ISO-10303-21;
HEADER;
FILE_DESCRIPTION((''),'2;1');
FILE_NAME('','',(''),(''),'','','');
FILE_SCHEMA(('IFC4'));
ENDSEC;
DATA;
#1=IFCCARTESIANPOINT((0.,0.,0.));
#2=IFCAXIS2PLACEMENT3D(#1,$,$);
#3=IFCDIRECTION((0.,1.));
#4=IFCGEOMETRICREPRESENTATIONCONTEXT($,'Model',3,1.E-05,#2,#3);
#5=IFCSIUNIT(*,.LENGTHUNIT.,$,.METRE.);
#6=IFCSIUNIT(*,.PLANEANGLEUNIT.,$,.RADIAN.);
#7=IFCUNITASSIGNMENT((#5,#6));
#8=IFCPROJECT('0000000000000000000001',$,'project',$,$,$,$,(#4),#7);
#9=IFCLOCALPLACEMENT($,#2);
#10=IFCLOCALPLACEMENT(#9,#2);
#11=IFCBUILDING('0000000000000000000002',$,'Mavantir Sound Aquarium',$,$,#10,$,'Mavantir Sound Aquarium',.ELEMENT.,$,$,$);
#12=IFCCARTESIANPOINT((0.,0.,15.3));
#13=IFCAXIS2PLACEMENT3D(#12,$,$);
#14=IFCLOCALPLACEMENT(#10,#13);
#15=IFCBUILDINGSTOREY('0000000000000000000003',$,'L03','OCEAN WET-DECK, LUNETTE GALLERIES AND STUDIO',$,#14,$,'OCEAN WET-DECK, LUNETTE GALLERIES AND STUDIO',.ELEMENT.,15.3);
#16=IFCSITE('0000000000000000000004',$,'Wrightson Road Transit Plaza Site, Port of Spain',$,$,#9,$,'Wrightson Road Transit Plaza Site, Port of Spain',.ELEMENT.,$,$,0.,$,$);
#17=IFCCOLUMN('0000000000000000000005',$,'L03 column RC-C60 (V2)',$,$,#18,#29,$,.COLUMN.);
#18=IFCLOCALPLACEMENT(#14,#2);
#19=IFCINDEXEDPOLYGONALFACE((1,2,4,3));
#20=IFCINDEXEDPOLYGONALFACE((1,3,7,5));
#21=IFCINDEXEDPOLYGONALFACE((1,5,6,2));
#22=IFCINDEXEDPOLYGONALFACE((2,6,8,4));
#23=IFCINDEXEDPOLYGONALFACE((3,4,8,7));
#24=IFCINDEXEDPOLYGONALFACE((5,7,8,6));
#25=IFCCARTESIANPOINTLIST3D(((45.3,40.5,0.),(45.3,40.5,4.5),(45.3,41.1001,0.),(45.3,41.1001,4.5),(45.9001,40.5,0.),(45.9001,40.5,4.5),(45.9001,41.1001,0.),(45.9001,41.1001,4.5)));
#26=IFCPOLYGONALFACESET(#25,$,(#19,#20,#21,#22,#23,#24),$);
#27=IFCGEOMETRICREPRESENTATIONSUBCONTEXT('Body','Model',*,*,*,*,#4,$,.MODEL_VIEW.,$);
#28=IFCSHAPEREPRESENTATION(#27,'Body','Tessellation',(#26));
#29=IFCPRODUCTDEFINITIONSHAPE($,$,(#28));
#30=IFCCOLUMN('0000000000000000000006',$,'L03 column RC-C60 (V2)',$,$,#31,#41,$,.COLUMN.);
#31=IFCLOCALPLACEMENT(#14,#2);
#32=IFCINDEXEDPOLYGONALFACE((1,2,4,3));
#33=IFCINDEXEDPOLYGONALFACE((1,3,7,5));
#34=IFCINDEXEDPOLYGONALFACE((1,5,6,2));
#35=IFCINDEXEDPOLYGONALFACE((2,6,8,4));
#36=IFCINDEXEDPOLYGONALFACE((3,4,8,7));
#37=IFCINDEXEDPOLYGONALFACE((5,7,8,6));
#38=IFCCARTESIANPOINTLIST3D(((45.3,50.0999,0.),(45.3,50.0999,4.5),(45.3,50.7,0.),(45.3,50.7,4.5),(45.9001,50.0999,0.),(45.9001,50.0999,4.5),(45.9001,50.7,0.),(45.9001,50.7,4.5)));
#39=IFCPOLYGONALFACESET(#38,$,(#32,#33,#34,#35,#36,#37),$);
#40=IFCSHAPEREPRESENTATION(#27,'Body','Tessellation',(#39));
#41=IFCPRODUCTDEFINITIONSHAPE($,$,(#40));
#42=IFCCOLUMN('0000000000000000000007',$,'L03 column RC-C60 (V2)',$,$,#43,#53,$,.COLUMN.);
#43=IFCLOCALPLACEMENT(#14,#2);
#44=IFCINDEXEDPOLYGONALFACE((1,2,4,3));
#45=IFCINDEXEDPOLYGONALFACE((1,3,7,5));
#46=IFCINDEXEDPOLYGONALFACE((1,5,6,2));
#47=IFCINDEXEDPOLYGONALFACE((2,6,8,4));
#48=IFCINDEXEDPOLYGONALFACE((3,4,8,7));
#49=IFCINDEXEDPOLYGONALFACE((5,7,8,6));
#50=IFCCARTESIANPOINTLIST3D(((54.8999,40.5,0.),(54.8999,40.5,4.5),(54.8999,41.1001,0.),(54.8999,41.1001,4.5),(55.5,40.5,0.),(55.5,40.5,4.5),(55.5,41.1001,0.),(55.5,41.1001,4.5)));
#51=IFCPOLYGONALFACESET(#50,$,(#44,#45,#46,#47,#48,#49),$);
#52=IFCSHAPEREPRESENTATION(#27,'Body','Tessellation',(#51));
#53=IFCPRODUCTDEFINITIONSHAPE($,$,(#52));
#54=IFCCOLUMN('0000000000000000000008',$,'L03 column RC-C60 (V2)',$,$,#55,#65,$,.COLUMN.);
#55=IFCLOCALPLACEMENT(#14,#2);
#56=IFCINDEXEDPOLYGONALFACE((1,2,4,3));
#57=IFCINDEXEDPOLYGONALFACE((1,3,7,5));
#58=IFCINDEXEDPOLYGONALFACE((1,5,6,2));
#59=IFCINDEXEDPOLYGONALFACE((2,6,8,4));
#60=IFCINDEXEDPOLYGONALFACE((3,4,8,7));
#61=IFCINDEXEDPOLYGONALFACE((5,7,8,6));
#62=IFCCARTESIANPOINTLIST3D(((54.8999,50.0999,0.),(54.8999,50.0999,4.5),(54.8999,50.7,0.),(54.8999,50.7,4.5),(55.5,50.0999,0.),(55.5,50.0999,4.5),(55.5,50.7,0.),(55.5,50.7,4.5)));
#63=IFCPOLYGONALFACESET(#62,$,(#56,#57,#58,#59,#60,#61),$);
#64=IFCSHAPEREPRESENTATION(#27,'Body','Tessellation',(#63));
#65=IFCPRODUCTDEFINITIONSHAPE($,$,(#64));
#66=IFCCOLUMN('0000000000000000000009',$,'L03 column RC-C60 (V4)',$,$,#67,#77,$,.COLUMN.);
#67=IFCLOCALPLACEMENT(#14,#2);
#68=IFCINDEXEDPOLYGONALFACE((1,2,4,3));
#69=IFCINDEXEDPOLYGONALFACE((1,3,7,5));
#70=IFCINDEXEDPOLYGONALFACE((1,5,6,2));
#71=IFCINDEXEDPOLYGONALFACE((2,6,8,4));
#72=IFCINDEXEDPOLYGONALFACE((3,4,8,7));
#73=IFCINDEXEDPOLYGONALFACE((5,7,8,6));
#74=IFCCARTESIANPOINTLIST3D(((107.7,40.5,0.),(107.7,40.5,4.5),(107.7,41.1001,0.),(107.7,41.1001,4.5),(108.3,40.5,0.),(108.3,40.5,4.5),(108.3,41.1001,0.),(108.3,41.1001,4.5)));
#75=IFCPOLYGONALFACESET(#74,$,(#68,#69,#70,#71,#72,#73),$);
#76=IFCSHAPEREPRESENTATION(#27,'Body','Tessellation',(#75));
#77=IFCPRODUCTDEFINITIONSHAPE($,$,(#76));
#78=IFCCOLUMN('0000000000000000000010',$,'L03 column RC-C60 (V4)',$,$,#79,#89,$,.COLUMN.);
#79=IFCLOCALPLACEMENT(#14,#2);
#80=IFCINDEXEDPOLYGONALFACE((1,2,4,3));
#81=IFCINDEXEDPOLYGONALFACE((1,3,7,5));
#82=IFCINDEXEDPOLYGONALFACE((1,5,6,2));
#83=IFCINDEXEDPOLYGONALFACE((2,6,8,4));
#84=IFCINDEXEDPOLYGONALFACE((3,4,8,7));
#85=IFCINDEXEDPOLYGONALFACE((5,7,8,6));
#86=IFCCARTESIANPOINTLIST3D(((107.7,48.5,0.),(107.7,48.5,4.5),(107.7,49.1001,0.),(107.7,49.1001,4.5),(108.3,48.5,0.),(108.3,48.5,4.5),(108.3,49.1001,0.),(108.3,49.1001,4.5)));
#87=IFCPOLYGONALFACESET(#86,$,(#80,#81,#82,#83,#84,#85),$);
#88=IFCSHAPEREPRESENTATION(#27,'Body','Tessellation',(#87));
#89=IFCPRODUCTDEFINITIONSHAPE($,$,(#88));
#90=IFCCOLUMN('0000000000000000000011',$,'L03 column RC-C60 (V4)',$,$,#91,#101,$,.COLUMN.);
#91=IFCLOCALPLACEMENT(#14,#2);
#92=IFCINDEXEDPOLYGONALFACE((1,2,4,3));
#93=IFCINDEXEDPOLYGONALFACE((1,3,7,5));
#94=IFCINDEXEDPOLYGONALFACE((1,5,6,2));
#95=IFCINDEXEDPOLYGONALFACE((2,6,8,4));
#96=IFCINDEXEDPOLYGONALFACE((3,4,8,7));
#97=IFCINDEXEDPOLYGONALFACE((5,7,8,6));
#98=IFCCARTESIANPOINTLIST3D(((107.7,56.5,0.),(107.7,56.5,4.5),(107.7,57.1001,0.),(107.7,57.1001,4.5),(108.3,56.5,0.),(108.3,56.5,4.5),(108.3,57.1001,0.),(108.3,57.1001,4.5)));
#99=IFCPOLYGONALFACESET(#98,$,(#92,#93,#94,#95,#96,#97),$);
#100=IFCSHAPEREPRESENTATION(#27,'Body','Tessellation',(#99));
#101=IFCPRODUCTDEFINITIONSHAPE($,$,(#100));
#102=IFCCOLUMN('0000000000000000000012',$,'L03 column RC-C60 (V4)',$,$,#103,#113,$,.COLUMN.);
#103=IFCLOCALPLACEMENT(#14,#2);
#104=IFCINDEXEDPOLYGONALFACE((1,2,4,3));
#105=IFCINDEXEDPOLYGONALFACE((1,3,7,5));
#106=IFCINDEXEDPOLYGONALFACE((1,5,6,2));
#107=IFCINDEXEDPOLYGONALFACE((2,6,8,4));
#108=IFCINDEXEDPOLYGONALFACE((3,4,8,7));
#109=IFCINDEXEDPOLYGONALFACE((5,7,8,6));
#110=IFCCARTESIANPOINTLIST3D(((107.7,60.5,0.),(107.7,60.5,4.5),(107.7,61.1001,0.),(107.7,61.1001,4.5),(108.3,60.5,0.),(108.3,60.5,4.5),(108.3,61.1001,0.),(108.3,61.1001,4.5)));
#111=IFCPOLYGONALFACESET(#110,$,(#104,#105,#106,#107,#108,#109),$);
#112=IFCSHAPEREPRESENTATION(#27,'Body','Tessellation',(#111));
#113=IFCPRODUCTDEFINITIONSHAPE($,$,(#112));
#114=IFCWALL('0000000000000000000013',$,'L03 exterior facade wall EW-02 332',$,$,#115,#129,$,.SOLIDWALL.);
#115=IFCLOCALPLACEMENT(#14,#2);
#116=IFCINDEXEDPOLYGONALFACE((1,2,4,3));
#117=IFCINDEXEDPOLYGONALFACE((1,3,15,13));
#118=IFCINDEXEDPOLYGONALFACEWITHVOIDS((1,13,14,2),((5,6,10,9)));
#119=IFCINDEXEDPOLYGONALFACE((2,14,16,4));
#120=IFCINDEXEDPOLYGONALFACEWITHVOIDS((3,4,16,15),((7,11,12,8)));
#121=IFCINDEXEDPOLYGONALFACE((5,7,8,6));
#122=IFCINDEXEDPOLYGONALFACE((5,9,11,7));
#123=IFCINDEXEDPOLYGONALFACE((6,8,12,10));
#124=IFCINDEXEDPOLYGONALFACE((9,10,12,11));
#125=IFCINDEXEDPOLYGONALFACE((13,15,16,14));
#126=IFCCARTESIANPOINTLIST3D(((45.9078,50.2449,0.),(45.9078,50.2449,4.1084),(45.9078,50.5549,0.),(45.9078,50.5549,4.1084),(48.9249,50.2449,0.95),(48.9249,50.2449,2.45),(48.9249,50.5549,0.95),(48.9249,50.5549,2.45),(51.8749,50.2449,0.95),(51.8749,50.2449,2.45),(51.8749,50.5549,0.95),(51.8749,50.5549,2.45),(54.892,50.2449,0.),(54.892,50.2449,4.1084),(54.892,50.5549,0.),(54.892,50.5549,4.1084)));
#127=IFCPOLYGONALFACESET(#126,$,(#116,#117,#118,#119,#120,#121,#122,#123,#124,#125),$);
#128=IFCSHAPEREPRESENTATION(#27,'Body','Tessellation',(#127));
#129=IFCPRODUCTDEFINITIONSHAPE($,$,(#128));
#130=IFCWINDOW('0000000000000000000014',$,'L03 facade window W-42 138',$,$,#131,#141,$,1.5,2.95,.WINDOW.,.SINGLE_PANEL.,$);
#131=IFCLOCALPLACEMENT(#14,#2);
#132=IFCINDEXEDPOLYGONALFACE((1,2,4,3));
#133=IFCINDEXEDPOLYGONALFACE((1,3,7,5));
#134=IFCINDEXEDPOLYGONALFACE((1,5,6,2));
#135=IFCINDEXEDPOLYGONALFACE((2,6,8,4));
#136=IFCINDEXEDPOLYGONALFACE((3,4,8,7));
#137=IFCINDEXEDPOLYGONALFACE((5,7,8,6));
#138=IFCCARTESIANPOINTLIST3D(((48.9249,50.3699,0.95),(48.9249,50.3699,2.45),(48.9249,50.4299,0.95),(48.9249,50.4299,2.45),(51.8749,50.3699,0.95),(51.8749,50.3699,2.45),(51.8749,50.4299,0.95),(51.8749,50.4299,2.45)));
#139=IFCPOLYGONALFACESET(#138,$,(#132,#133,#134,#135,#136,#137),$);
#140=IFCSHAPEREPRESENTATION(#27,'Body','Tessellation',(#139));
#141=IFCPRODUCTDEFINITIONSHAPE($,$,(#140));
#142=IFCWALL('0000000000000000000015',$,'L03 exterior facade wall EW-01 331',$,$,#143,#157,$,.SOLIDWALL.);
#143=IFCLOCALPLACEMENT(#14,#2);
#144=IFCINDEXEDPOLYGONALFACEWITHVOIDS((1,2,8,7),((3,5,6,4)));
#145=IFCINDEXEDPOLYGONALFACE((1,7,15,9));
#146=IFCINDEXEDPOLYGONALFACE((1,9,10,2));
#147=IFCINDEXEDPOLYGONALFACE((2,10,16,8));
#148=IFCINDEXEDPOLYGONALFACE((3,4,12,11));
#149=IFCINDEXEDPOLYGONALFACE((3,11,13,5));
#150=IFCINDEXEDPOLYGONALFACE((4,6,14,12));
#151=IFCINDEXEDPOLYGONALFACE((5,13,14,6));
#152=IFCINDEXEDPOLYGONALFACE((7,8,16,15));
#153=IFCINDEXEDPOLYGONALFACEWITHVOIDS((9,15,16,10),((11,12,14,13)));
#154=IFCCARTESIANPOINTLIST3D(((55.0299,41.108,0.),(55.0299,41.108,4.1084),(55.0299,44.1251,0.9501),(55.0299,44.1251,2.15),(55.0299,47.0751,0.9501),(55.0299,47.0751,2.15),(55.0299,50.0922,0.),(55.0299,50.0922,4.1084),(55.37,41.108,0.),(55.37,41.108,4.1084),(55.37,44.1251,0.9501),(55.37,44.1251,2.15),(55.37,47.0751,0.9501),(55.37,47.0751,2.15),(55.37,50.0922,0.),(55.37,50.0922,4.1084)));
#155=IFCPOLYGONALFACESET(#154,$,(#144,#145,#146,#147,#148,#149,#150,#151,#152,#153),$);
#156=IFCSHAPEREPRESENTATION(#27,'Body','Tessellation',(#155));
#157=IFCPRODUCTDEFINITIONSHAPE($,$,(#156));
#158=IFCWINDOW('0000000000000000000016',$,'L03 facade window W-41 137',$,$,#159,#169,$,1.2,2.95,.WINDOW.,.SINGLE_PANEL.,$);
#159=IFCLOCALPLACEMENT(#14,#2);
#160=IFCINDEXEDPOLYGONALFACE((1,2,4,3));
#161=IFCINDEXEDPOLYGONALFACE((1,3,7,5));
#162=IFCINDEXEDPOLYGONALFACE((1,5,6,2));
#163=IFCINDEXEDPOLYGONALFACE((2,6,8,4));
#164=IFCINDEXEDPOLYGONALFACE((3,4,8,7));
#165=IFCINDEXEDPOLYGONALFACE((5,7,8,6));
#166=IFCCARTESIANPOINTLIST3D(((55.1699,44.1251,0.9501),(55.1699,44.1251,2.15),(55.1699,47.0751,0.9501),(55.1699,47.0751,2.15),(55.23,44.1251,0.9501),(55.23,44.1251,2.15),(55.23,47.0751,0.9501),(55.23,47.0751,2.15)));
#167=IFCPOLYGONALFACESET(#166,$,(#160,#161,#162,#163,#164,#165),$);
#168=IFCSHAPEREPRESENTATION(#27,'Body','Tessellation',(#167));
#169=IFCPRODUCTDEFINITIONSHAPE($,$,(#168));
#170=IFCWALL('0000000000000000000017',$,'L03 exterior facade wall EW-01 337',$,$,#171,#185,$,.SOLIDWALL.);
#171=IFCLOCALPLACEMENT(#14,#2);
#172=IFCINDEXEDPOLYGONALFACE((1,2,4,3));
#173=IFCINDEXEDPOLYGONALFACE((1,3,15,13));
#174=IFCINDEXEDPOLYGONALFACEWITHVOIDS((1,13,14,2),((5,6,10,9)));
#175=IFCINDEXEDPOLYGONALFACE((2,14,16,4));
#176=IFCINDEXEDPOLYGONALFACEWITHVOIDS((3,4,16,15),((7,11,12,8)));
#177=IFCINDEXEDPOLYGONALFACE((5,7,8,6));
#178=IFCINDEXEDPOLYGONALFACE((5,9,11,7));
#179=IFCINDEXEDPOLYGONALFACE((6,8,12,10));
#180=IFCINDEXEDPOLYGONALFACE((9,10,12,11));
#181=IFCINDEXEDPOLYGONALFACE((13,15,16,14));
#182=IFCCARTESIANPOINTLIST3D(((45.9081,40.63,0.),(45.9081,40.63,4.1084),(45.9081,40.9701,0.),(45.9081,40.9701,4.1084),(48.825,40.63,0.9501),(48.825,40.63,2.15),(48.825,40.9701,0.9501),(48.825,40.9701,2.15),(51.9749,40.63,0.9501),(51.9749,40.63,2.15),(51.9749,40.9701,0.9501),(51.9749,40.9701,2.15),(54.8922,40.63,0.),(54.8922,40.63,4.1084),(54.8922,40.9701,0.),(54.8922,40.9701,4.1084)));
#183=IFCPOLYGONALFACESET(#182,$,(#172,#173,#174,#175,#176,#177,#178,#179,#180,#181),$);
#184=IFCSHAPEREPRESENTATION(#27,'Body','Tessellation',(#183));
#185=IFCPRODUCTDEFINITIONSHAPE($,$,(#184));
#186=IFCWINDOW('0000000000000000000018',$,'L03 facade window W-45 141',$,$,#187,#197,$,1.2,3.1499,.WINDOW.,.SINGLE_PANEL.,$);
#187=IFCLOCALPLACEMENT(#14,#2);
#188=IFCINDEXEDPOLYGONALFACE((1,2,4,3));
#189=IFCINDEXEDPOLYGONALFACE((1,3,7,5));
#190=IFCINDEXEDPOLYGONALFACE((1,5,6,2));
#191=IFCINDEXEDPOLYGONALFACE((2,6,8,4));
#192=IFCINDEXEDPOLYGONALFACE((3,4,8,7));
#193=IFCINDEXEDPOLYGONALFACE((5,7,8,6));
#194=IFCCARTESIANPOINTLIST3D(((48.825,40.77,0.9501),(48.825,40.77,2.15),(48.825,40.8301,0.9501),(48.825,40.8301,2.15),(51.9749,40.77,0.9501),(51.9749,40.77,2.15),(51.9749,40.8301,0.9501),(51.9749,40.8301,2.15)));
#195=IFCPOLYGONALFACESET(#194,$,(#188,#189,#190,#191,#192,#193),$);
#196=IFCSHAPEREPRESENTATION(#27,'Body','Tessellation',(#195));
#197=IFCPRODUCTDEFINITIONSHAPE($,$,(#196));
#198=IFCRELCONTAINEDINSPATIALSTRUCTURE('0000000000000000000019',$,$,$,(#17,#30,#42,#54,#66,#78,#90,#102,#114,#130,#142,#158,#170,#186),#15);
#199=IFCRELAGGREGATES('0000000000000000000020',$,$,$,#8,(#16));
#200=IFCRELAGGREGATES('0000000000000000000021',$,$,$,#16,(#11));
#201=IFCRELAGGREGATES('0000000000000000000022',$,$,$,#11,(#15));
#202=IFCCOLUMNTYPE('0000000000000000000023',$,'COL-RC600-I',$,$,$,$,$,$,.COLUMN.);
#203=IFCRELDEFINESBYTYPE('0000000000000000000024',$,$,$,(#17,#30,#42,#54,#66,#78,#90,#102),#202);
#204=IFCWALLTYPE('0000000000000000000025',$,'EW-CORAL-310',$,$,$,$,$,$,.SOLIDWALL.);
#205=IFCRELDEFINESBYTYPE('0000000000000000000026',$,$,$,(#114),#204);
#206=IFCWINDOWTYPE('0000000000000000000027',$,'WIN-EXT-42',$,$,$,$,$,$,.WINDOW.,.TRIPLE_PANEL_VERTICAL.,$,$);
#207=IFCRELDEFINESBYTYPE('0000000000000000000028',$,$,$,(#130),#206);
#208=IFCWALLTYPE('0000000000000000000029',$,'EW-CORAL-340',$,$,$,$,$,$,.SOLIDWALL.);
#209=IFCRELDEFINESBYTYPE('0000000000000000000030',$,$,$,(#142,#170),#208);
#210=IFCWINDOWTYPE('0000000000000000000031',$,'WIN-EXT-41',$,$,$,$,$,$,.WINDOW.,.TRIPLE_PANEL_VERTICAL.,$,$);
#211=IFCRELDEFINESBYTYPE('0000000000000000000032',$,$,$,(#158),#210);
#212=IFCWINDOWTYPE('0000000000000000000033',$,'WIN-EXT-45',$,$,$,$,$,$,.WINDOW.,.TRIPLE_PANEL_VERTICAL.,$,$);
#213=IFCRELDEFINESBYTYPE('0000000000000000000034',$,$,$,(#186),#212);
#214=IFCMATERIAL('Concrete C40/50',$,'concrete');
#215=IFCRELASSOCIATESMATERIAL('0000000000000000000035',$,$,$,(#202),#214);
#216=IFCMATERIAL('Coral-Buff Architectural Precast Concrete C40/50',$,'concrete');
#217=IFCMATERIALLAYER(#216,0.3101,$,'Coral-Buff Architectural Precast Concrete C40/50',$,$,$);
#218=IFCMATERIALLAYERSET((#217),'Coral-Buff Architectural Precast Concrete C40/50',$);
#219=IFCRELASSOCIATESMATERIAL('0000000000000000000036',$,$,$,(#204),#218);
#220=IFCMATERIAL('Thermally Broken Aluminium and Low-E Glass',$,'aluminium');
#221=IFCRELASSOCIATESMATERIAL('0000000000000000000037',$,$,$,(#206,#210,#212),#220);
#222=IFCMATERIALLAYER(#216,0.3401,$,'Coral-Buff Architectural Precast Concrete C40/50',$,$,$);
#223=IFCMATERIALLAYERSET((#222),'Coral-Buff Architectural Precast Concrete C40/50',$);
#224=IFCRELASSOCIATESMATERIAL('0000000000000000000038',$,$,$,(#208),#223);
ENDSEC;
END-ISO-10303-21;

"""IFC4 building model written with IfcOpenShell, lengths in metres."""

from ifc_helpers import new_model, si_unit, direction, frame, frame_2d, origin, origin_2d, place, context, subcontext, project, spatial, rectangle, extrude, material, layer, layer_set, material_profile, profile_set, type_object, element, fill, save


model = new_model("IFC4")

# Units and contexts
model_context = context("Model", 3, precision=1e-05, world=origin(), true_north=direction((0.0, 1.0)))
body_context = subcontext(model_context, "Body", "Model", "MODEL_VIEW")
ifc_project = project(units=[si_unit("LENGTHUNIT", "METRE"), si_unit("PLANEANGLEUNIT", "RADIAN")], contexts=[model_context])

# Site, building, storey
site_placement = place(None, origin())
site = spatial("IfcSite", under=ifc_project, at=site_placement, Name="Wrightson Road Transit Plaza Site, Port of Spain", LongName="Wrightson Road Transit Plaza Site, Port of Spain", CompositionType="ELEMENT", RefElevation=0.0)
building_placement = place(site_placement, origin())
building = spatial("IfcBuilding", under=site, at=building_placement, Name="Mavantir Sound Aquarium", LongName="Mavantir Sound Aquarium", CompositionType="ELEMENT")
storey_placement = place(building_placement, frame((0.0, 0.0, 15.3)))
storey = spatial("IfcBuildingStorey", under=building, at=storey_placement, Name="L03", Description="OCEAN WET-DECK, LUNETTE GALLERIES AND STUDIO", LongName="OCEAN WET-DECK, LUNETTE GALLERIES AND STUDIO", CompositionType="ELEMENT", Elevation=15.3)

# Columns
ifc_material_1 = material(Name="Concrete C40/50", Category="concrete")
ifc_material_profile = material_profile(ifc_material_1, rectangle(XDim=0.6001, YDim=0.6001, at=origin_2d()), Name="RC 600X600")
ifc_profile_set = profile_set([ifc_material_profile], Name="Concrete C40/50")
column_type = type_object("IfcColumnType", Name="COL-RC600-I", PredefinedType="COLUMN", material=ifc_profile_set)
for number, where, z_axis, x_axis, name in (
    (1, (45.6001, 40.8, 0.0), (0.0, 0.0, 1.0), (1.0, 0.0, 0.0), "L03 column RC-C60 (V2)"),
    (2, (45.6001, 50.3999, 0.0), (0.0, 0.0, 1.0), (1.0, 0.0, 0.0), "L03 column RC-C60 (V2)"),
    (3, (55.2, 40.8, 0.0), (0.0, 0.0, 1.0), (1.0, 0.0, 0.0), "L03 column RC-C60 (V2)"),
    (4, (55.2, 50.3999, 0.0), (0.0, 0.0, 1.0), (1.0, 0.0, 0.0), "L03 column RC-C60 (V2)"),
    (5, (108.0, 40.8, 0.0), (0.0, 0.0, 1.0), (1.0, 0.0, 0.0), "L03 column RC-C60 (V4)"),
    (6, (108.0, 48.8, 0.0), (0.0, 0.0, 1.0), (1.0, 0.0, 0.0), "L03 column RC-C60 (V4)"),
    (7, (108.0, 56.8, 0.0), (0.0, 0.0, 1.0), (1.0, 0.0, 0.0), "L03 column RC-C60 (V4)"),
    (8, (108.0, 60.8, 0.0), (0.0, 0.0, 1.0), (1.0, 0.0, 0.0), "L03 column RC-C60 (V4)"),
):
    element("IfcColumn", number, at=place(storey_placement, frame(where, z_axis=z_axis, x_axis=x_axis)), inside=storey, type_object=column_type, Name=name, PredefinedType="COLUMN", context=body_context, shape_type="SweptSolid", body=[
        extrude(rectangle(XDim=0.6001, YDim=0.6001, at=origin_2d()), origin(), (0.0, 0.0, 1.0), 4.5),
    ])

# Walls, openings, windows
ifc_material_2 = material(Name="Coral-Buff Architectural Precast Concrete C40/50", Category="concrete")
ifc_layer_1 = layer(ifc_material_2, 0.3101, Name="Coral-Buff Architectural Precast Concrete C40/50")
ifc_layer_set_1 = layer_set([ifc_layer_1], Name="Coral-Buff Architectural Precast Concrete C40/50")
wall_type_1 = type_object("IfcWallType", Name="EW-CORAL-310", PredefinedType="SOLIDWALL", material=ifc_layer_set_1)
wall_1_placement = place(storey_placement, frame((54.8921, 50.3999, 0.0), z_axis=(0.0, 0.0, 1.0), x_axis=(-1.0, 0.0, 0.0)))
wall_1 = element("IfcWall", 9, at=wall_1_placement, inside=storey, type_object=wall_type_1, Name="L03 exterior facade wall EW-02 332", PredefinedType="SOLIDWALL", context=body_context, shape_type="SweptSolid", body=[
    extrude(rectangle(XDim=8.9841, YDim=0.3101, at=frame_2d((4.4922, 0.0))), origin(), (0.0, 0.0, 1.0), 4.1084),
])
opening_1_placement = place(wall_1_placement, frame((3.0171, 0.0, 0.95)))
opening_1 = element("IfcOpeningElement", 10, at=opening_1_placement, cuts=wall_1, PredefinedType="OPENING", context=body_context, shape_type="SweptSolid", body=[
    extrude(rectangle(XDim=2.95, YDim=1.5, at=frame_2d((1.4751, 0.75))), frame((0.0, 0.165, 0.0), z_axis=(0.0, -1.0, 0.0), x_axis=(1.0, 0.0, 0.0)), (0.0, 0.0, 1.0), 0.3301),
])
ifc_material_3 = material(Name="Thermally Broken Aluminium and Low-E Glass", Category="aluminium")
window_type_1 = type_object("IfcWindowType", Name="WIN-EXT-42", PartitioningType="TRIPLE_PANEL_VERTICAL", PredefinedType="WINDOW", material=ifc_material_3)
window_1_placement = place(opening_1_placement, origin())
window_1 = element("IfcWindow", 11, at=window_1_placement, inside=storey, type_object=window_type_1, Name="L03 facade window W-42 138", OverallHeight=1.5, OverallWidth=2.95, PartitioningType="SINGLE_PANEL", PredefinedType="WINDOW", context=body_context, shape_type="SweptSolid", body=[
    extrude(rectangle(XDim=2.95, YDim=1.5, at=frame_2d((1.4751, 0.75))), frame((0.0, 0.03, 0.0), z_axis=(0.0, -1.0, 0.0), x_axis=(1.0, 0.0, 0.0)), (0.0, 0.0, 1.0), 0.0601),
])
fill(opening_1, window_1)
ifc_layer_2 = layer(ifc_material_2, 0.3401, Name="Coral-Buff Architectural Precast Concrete C40/50")
ifc_layer_set_2 = layer_set([ifc_layer_2], Name="Coral-Buff Architectural Precast Concrete C40/50")
wall_type_2 = type_object("IfcWallType", Name="EW-CORAL-340", PredefinedType="SOLIDWALL", material=ifc_layer_set_2)
wall_2_placement = place(storey_placement, frame((55.2, 41.1079, 0.0), z_axis=(0.0, 0.0, 1.0), x_axis=(0.0, 1.0, 0.0)))
wall_2 = element("IfcWall", 12, at=wall_2_placement, inside=storey, type_object=wall_type_2, Name="L03 exterior facade wall EW-01 331", PredefinedType="SOLIDWALL", context=body_context, shape_type="SweptSolid", body=[
    extrude(rectangle(XDim=8.9841, YDim=0.3401, at=frame_2d((4.4922, 0.0))), origin(), (0.0, 0.0, 1.0), 4.1084),
])
opening_2_placement = place(wall_2_placement, frame((3.0171, 0.0, 0.95)))
opening_2 = element("IfcOpeningElement", 13, at=opening_2_placement, cuts=wall_2, PredefinedType="OPENING", context=body_context, shape_type="SweptSolid", body=[
    extrude(rectangle(XDim=2.95, YDim=1.2, at=frame_2d((1.4751, 0.6001))), frame((0.0, 0.1802, 0.0), z_axis=(0.0, -1.0, 0.0), x_axis=(1.0, 0.0, 0.0)), (0.0, 0.0, 1.0), 0.3601),
])
window_type_2 = type_object("IfcWindowType", Name="WIN-EXT-41", PartitioningType="TRIPLE_PANEL_VERTICAL", PredefinedType="WINDOW", material=ifc_material_3)
window_2_placement = place(opening_2_placement, origin())
window_2 = element("IfcWindow", 14, at=window_2_placement, inside=storey, type_object=window_type_2, Name="L03 facade window W-41 137", OverallHeight=1.2, OverallWidth=2.95, PartitioningType="SINGLE_PANEL", PredefinedType="WINDOW", context=body_context, shape_type="SweptSolid", body=[
    extrude(rectangle(XDim=2.95, YDim=1.2, at=frame_2d((1.4751, 0.6001))), frame((0.0, 0.03, 0.0), z_axis=(0.0, -1.0, 0.0), x_axis=(1.0, 0.0, 0.0)), (0.0, 0.0, 1.0), 0.0601),
])
fill(opening_2, window_2)
wall_3_placement = place(storey_placement, frame((45.908, 40.8, 0.0), z_axis=(0.0, 0.0, 1.0), x_axis=(1.0, 0.0, 0.0)))
wall_3 = element("IfcWall", 15, at=wall_3_placement, inside=storey, type_object=wall_type_2, Name="L03 exterior facade wall EW-01 337", PredefinedType="SOLIDWALL", context=body_context, shape_type="SweptSolid", body=[
    extrude(rectangle(XDim=8.9841, YDim=0.3401, at=frame_2d((4.4922, 0.0))), origin(), (0.0, 0.0, 1.0), 4.1084),
])
opening_3_placement = place(wall_3_placement, frame((2.917, 0.0, 0.95)))
opening_3 = element("IfcOpeningElement", 16, at=opening_3_placement, cuts=wall_3, PredefinedType="OPENING", context=body_context, shape_type="SweptSolid", body=[
    extrude(rectangle(XDim=3.1499, YDim=1.2, at=frame_2d((1.575, 0.6001))), frame((0.0, 0.1802, 0.0), z_axis=(0.0, -1.0, 0.0), x_axis=(1.0, 0.0, 0.0)), (0.0, 0.0, 1.0), 0.3601),
])
window_type_3 = type_object("IfcWindowType", Name="WIN-EXT-45", PartitioningType="TRIPLE_PANEL_VERTICAL", PredefinedType="WINDOW", material=ifc_material_3)
window_3_placement = place(opening_3_placement, origin())
window_3 = element("IfcWindow", 17, at=window_3_placement, inside=storey, type_object=window_type_3, Name="L03 facade window W-45 141", OverallHeight=1.2, OverallWidth=3.1499, PartitioningType="SINGLE_PANEL", PredefinedType="WINDOW", context=body_context, shape_type="SweptSolid", body=[
    extrude(rectangle(XDim=3.1499, YDim=1.2, at=frame_2d((1.575, 0.6001))), frame((0.0, 0.03, 0.0), z_axis=(0.0, -1.0, 0.0), x_axis=(1.0, 0.0, 0.0)), (0.0, 0.0, 1.0), 0.0601),
])
fill(opening_3, window_3)

save(model, "model.ifc")
